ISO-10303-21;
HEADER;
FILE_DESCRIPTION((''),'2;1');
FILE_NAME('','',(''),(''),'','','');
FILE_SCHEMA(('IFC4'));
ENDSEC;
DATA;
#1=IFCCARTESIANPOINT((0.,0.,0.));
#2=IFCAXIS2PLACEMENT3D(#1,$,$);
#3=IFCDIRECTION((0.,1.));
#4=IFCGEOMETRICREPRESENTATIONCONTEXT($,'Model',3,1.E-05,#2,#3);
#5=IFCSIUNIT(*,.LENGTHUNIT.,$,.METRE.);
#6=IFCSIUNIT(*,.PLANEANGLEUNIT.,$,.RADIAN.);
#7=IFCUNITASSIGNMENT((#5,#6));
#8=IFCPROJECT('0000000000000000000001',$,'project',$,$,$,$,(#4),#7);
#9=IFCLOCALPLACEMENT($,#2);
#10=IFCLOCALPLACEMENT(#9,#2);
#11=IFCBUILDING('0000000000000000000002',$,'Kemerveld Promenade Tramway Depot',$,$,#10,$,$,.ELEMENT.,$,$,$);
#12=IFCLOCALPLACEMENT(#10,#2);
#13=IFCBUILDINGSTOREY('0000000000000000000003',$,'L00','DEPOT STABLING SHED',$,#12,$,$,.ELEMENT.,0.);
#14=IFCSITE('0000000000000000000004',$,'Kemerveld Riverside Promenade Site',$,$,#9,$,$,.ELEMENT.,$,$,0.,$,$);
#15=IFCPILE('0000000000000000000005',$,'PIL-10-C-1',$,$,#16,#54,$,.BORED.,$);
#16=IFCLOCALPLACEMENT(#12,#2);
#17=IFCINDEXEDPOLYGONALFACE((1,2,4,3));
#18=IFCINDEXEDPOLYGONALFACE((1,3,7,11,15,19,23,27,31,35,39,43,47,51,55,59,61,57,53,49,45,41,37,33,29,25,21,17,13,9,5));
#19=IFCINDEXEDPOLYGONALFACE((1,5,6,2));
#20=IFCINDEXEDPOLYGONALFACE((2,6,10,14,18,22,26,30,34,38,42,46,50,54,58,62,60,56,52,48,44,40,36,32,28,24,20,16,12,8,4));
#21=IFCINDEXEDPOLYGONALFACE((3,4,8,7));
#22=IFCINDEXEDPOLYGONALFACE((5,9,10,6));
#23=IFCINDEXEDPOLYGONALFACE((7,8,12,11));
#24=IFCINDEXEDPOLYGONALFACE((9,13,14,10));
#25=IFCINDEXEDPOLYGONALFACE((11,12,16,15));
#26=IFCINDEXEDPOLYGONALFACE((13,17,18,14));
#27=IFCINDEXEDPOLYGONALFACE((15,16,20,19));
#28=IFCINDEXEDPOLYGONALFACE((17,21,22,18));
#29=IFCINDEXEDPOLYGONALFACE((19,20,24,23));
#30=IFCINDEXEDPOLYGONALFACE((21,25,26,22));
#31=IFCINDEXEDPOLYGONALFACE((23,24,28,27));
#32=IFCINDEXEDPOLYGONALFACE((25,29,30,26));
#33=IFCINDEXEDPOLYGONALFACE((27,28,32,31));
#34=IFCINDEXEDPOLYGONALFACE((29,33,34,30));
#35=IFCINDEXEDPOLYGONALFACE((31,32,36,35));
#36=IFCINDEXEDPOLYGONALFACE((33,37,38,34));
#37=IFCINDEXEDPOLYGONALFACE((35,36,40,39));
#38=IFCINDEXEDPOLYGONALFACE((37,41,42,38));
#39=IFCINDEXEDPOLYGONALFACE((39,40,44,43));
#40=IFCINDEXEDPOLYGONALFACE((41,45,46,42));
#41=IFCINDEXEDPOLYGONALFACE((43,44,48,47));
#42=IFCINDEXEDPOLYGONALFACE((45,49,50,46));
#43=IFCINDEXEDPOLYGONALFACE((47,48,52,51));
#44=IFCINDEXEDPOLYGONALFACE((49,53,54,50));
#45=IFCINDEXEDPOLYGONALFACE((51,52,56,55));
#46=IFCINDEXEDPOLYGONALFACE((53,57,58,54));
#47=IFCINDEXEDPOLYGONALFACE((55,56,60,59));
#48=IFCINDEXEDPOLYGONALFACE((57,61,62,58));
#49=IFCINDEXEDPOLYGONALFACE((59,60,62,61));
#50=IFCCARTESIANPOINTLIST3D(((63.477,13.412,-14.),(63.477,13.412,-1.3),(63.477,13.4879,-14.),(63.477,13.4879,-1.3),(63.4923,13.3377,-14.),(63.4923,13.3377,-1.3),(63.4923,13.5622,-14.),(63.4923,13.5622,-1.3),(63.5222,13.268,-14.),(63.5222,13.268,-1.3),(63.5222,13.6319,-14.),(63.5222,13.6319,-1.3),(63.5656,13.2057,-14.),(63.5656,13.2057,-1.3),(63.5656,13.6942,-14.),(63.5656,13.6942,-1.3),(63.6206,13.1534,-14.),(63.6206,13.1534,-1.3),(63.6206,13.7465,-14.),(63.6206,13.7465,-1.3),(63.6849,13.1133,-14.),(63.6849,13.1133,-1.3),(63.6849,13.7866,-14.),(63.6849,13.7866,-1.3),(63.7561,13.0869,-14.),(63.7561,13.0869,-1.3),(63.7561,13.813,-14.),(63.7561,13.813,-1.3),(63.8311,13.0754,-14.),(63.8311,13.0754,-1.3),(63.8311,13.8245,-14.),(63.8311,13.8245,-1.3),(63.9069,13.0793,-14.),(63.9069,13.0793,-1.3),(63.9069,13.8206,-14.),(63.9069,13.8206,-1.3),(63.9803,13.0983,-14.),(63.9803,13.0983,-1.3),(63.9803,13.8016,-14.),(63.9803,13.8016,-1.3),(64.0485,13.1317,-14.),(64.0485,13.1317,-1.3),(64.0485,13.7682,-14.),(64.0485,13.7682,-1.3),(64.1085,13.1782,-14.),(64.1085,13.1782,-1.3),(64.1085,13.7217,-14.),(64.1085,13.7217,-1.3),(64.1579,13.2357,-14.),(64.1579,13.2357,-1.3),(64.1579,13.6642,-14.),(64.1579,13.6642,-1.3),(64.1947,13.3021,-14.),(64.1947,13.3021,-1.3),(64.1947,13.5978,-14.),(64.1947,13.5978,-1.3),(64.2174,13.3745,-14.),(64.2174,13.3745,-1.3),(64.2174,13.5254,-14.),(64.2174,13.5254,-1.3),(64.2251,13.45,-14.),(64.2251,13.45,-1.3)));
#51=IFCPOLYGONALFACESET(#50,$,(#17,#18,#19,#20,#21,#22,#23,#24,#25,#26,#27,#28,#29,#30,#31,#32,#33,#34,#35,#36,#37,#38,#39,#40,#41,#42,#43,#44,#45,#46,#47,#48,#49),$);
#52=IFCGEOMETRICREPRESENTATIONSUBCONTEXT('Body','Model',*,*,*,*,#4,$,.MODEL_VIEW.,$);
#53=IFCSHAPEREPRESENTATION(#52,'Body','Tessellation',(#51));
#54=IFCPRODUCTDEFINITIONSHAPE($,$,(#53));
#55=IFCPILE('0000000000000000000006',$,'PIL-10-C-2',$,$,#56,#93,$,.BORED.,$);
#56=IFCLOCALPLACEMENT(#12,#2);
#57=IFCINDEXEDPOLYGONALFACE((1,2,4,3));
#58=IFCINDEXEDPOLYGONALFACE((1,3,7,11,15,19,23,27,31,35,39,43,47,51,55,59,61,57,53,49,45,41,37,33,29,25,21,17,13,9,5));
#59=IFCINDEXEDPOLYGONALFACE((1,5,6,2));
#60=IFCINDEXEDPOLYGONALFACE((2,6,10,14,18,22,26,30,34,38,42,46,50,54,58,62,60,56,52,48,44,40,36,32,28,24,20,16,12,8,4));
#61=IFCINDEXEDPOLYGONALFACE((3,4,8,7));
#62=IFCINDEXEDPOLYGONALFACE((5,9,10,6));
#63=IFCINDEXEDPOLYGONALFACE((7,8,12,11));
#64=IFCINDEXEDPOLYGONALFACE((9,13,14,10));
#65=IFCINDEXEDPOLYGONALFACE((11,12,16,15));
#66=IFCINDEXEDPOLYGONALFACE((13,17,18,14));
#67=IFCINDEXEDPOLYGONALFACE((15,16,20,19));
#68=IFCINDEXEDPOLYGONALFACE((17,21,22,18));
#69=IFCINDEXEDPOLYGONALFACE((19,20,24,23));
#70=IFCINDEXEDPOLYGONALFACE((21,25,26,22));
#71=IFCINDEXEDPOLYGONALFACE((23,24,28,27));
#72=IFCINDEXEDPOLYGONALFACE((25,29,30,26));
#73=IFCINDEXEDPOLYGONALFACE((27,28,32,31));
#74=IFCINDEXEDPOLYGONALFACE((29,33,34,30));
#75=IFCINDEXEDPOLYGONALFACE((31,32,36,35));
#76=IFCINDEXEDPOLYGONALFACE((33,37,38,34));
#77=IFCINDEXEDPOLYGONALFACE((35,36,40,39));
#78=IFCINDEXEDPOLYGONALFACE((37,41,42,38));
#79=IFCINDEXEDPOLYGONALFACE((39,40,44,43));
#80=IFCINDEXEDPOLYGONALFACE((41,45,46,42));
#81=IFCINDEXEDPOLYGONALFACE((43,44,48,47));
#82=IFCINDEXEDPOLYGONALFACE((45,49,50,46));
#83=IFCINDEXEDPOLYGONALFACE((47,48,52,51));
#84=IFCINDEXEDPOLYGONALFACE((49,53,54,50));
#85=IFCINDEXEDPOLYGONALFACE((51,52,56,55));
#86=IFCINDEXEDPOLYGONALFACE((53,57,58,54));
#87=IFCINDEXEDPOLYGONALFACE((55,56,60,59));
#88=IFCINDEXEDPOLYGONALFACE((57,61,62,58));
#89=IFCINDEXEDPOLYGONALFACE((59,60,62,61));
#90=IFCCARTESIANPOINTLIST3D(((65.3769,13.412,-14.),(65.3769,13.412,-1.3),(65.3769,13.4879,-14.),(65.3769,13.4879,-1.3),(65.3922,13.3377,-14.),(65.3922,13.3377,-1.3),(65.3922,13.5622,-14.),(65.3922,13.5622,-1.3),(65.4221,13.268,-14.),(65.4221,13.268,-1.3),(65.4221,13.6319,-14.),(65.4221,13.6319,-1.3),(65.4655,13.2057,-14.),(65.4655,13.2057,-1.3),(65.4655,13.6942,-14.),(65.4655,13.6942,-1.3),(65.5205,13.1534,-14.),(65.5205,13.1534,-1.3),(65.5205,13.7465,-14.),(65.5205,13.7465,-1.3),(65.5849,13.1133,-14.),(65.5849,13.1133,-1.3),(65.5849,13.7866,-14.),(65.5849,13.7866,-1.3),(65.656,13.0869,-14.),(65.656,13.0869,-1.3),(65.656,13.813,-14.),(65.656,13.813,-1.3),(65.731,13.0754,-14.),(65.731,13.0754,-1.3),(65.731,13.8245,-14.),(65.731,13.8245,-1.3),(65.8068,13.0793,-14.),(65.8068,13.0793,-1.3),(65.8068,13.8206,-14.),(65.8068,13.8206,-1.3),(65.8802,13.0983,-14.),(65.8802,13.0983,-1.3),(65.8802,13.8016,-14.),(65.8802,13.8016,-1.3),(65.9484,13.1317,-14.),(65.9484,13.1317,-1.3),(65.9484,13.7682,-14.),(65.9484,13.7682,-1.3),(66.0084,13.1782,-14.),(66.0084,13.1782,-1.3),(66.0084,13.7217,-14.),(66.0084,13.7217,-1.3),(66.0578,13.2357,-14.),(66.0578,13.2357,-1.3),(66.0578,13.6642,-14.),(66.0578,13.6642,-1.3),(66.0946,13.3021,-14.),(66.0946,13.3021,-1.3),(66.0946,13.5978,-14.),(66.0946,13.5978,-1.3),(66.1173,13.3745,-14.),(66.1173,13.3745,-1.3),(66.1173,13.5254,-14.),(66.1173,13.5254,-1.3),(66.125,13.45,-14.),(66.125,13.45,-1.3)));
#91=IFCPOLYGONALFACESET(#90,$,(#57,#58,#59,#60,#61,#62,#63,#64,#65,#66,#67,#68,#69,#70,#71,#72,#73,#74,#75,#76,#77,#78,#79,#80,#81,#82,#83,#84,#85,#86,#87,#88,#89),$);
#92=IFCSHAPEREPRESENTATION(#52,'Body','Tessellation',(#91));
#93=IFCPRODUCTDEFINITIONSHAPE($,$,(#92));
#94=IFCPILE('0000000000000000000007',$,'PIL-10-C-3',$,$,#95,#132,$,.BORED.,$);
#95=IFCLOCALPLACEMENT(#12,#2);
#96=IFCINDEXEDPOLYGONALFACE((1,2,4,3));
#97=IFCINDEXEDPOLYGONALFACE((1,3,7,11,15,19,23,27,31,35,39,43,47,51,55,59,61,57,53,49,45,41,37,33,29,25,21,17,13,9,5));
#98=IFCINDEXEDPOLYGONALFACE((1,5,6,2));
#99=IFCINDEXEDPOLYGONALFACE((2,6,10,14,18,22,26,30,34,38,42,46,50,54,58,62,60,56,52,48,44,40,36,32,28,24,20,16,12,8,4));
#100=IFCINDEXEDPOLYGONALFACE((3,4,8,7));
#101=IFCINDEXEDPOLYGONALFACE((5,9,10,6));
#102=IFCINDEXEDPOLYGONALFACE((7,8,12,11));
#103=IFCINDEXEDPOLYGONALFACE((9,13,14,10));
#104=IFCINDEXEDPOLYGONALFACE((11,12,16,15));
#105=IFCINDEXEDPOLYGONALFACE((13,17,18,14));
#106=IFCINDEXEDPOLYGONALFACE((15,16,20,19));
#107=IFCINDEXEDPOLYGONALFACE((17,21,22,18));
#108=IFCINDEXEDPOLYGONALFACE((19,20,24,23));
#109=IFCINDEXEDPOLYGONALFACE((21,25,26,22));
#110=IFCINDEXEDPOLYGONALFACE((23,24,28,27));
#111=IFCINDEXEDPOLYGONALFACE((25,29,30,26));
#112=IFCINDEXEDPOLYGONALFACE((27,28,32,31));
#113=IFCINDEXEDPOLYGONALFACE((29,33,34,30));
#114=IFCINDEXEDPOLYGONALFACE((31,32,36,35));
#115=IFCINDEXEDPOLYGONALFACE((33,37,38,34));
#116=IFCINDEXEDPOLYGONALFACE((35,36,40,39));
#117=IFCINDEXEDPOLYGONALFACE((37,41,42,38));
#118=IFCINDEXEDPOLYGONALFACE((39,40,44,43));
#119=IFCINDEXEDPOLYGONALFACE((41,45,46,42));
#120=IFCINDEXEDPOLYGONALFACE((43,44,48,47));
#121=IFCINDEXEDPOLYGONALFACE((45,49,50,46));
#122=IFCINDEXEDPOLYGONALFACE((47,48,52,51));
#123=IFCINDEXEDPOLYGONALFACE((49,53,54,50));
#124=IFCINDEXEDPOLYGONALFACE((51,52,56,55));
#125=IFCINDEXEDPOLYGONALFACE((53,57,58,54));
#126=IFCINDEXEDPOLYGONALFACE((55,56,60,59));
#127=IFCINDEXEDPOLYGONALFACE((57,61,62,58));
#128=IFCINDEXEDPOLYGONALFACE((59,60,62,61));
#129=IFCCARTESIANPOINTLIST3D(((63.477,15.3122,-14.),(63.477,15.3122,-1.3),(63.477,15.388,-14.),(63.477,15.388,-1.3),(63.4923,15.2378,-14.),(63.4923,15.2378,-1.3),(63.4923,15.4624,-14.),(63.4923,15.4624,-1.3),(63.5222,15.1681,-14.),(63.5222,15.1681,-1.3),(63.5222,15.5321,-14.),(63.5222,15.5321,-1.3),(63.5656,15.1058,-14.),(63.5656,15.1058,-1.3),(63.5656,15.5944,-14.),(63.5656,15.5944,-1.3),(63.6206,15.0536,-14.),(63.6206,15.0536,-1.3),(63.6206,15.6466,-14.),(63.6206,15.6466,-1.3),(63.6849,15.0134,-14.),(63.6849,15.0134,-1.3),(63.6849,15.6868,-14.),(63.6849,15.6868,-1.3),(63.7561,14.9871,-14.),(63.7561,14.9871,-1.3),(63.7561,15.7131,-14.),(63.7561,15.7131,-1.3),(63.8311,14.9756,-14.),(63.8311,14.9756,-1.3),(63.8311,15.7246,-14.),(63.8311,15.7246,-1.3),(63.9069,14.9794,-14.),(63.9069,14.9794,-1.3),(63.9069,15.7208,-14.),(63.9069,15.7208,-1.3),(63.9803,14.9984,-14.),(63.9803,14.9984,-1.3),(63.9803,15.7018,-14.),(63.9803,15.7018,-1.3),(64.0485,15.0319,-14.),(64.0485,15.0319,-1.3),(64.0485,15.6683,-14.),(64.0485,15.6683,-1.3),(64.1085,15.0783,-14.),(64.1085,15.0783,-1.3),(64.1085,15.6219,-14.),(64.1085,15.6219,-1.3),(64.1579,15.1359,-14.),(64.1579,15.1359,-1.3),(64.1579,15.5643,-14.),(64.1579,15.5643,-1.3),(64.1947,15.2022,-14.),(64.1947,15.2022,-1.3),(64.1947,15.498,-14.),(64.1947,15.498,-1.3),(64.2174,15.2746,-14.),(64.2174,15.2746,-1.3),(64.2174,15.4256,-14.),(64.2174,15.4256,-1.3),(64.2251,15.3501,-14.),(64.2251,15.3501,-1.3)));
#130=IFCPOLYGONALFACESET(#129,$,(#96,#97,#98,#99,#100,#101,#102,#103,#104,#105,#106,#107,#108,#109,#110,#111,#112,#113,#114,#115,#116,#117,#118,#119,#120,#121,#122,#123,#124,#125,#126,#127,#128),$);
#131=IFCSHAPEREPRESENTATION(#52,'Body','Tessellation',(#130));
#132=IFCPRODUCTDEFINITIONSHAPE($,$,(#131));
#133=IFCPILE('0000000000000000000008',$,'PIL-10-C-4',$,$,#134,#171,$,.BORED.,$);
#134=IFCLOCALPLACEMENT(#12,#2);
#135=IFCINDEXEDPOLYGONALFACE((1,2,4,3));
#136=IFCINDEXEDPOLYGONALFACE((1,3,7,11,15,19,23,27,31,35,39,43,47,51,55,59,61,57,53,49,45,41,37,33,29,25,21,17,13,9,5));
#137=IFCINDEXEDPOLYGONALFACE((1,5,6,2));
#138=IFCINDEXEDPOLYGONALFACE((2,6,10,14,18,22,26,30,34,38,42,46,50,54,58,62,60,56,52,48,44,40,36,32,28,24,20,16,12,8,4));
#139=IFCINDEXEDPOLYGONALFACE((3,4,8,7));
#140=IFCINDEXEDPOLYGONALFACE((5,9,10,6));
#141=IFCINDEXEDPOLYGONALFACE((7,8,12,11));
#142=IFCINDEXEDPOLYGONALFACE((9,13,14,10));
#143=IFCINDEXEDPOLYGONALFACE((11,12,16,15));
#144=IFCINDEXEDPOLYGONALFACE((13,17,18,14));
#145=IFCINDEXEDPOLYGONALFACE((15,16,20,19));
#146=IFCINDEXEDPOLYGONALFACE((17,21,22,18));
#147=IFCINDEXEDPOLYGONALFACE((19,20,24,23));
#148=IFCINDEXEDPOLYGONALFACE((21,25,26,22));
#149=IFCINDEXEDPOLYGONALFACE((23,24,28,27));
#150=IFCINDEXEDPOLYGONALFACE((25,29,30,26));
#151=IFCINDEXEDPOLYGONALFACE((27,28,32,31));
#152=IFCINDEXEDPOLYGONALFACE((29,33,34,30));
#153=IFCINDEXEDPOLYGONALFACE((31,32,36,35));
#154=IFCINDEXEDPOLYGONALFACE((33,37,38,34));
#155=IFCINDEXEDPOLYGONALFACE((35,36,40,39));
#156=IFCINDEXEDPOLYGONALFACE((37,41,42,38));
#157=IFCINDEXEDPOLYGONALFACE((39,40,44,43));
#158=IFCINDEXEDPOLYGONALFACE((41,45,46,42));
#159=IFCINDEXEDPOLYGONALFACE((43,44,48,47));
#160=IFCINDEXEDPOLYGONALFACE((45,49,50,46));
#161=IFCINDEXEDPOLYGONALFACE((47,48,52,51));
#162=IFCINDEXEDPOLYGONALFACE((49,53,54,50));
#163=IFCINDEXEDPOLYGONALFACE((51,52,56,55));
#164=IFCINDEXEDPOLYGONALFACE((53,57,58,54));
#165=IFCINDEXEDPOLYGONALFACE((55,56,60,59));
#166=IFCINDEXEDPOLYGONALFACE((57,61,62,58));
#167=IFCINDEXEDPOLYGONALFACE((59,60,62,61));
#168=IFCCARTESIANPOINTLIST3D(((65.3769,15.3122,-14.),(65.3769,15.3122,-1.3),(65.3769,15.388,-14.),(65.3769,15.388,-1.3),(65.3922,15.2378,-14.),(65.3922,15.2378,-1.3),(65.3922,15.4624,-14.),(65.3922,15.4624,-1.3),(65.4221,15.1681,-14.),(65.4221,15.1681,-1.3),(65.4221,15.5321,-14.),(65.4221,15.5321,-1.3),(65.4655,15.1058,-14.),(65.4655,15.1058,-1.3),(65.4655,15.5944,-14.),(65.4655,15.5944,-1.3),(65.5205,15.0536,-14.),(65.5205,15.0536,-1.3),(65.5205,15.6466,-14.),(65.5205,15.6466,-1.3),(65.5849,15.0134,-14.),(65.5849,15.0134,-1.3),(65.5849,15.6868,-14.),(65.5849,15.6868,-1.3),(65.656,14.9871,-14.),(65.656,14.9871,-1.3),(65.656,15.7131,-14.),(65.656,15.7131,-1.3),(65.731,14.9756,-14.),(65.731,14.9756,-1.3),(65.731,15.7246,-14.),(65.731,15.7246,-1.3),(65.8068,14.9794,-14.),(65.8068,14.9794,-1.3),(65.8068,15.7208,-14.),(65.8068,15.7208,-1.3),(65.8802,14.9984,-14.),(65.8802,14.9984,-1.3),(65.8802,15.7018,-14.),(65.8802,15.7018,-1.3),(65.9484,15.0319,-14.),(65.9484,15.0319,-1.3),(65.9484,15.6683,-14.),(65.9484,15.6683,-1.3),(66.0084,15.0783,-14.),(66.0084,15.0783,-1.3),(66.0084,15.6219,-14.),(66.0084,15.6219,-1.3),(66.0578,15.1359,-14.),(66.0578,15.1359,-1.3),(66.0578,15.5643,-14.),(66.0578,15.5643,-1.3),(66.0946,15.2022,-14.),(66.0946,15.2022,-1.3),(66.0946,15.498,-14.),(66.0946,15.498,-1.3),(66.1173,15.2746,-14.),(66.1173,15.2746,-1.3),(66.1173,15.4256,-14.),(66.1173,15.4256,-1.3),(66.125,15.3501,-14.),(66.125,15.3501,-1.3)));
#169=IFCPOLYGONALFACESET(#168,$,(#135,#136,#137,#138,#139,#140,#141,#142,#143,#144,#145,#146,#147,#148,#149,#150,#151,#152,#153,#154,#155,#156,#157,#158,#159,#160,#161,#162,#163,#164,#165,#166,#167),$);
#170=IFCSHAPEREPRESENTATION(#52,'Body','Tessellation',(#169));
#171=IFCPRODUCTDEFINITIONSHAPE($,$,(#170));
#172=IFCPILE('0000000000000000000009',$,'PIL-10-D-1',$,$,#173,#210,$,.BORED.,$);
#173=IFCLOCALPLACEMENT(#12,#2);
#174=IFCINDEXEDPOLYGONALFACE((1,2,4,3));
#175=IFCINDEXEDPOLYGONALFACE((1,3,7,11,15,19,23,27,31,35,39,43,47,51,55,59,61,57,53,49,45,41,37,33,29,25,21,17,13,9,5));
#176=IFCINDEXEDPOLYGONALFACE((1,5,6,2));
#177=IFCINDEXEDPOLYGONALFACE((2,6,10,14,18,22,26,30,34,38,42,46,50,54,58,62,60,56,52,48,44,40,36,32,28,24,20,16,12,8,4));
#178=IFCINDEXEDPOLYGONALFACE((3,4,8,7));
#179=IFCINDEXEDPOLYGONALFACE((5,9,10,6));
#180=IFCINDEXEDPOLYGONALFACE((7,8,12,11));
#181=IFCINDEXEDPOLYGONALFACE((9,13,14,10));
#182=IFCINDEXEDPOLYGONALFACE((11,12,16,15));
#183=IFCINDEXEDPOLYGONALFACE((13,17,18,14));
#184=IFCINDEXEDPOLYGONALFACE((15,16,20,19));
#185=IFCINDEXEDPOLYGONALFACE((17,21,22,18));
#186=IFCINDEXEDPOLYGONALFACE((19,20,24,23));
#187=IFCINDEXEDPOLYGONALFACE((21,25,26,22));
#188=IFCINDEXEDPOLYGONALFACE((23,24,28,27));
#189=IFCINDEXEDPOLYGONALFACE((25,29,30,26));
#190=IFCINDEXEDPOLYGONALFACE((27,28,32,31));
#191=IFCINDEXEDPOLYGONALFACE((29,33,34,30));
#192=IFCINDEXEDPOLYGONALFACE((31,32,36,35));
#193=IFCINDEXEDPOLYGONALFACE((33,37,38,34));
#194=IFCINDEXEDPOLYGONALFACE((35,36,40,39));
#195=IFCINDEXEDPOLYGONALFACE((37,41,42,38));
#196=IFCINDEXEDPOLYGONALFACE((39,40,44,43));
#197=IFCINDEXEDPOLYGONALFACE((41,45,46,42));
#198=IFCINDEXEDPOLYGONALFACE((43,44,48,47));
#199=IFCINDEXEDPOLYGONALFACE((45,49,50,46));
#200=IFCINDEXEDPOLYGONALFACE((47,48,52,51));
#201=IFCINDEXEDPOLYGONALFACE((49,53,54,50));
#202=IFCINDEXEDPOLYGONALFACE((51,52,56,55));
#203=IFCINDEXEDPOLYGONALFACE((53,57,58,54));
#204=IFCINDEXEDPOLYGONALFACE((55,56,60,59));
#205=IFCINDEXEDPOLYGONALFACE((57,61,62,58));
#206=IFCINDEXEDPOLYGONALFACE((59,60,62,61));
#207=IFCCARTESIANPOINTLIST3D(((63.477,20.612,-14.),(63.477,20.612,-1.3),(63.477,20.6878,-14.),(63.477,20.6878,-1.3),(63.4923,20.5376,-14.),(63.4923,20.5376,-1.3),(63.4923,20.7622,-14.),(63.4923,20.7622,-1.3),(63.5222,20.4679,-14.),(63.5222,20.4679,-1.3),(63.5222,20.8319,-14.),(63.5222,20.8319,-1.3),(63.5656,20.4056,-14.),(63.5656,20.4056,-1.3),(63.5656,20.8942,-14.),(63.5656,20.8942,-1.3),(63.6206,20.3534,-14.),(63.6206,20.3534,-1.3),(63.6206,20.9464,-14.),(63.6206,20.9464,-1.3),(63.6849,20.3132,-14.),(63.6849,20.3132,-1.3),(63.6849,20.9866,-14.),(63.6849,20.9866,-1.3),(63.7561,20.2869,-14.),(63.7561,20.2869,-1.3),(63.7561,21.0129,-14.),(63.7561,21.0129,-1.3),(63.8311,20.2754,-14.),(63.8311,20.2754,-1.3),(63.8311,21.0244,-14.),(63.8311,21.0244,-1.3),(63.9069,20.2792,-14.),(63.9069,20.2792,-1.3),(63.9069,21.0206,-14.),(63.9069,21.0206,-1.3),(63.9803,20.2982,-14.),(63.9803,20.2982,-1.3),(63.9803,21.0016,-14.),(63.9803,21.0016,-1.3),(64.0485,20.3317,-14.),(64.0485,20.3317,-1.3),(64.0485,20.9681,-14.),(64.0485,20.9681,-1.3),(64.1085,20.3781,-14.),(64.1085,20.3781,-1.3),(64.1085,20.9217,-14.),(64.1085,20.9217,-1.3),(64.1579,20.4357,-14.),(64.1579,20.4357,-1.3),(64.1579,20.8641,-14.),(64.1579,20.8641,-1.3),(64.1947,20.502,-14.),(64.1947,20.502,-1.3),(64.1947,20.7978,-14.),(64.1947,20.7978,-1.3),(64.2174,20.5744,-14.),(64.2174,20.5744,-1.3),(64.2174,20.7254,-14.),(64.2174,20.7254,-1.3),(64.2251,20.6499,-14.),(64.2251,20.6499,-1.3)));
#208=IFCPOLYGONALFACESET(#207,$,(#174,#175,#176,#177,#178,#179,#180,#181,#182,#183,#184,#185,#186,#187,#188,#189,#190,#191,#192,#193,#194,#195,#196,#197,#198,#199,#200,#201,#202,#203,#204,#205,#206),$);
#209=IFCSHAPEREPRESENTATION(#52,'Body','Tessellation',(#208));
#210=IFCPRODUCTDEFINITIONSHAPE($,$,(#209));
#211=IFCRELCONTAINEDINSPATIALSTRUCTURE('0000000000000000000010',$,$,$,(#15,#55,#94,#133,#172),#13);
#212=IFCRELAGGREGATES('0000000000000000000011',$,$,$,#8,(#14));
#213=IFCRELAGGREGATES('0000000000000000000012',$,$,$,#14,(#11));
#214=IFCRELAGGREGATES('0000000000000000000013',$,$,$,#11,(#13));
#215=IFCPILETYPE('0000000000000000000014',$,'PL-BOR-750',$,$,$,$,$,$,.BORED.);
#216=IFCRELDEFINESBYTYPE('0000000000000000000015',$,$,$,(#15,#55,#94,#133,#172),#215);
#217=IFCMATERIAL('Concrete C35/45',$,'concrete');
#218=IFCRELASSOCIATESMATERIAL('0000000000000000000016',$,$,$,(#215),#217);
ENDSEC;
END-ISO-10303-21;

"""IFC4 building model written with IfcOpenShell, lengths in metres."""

from ifc_helpers import new_model, si_unit, direction, frame, origin, origin_2d, place, context, subcontext, project, spatial, circle, extrude, material, material_profile, profile_set, type_object, element, save


model = new_model("IFC4")

# Units and contexts
model_context = context("Model", 3, precision=1e-05, world=origin(), true_north=direction((0.0, 1.0)))
body_context = subcontext(model_context, "Body", "Model", "MODEL_VIEW")
ifc_project = project(units=[si_unit("LENGTHUNIT", "METRE"), si_unit("PLANEANGLEUNIT", "RADIAN")], contexts=[model_context])

# Site, building, storey
site_placement = place(None, origin())
site = spatial("IfcSite", under=ifc_project, at=site_placement, Name="Kemerveld Riverside Promenade Site", CompositionType="ELEMENT", RefElevation=0.0)
building_placement = place(site_placement, origin())
building = spatial("IfcBuilding", under=site, at=building_placement, Name="Kemerveld Promenade Tramway Depot", CompositionType="ELEMENT")
storey_placement = place(building_placement, origin())
storey = spatial("IfcBuildingStorey", under=building, at=storey_placement, Name="L00", Description="DEPOT STABLING SHED", CompositionType="ELEMENT", Elevation=0.0)

# Shared definitions
ifc_material_1 = material(Name="Concrete C35/45", Category="concrete")

# Piles
ifc_material_profile_1 = material_profile(ifc_material_1, circle(Radius=0.375, at=origin_2d()), Name="PILE-D750")
ifc_profile_set_1 = profile_set([ifc_material_profile_1], Name="Concrete C35/45")
pile_type = type_object("IfcPileType", Name="PL-BOR-750", PredefinedType="BORED", material=ifc_profile_set_1)
for number, where, z_axis, x_axis, name in (
    (1, (63.8501, 13.45, -1.3), (0.0, 0.0, -1.0), (1.0, 0.0, 0.0), "PIL-10-C-1"),
    (2, (65.75, 13.45, -1.3), (0.0, 0.0, -1.0), (1.0, 0.0, 0.0), "PIL-10-C-2"),
    (3, (63.8501, 15.3501, -1.3), (0.0, 0.0, -1.0), (1.0, 0.0, 0.0), "PIL-10-C-3"),
    (4, (65.75, 15.3501, -1.3), (0.0, 0.0, -1.0), (1.0, 0.0, 0.0), "PIL-10-C-4"),
    (5, (63.8501, 20.6499, -1.3), (0.0, 0.0, -1.0), (1.0, 0.0, 0.0), "PIL-10-D-1"),
):
    element("IfcPile", number, at=place(storey_placement, frame(where, z_axis=z_axis, x_axis=x_axis)), inside=storey, type_object=pile_type, Name=name, PredefinedType="BORED", context=body_context, shape_type="SweptSolid", body=[
        extrude(circle(Radius=0.375, at=origin_2d()), origin(), (0.0, 0.0, 1.0), 12.7),
    ])

save(model, "model.ifc")
